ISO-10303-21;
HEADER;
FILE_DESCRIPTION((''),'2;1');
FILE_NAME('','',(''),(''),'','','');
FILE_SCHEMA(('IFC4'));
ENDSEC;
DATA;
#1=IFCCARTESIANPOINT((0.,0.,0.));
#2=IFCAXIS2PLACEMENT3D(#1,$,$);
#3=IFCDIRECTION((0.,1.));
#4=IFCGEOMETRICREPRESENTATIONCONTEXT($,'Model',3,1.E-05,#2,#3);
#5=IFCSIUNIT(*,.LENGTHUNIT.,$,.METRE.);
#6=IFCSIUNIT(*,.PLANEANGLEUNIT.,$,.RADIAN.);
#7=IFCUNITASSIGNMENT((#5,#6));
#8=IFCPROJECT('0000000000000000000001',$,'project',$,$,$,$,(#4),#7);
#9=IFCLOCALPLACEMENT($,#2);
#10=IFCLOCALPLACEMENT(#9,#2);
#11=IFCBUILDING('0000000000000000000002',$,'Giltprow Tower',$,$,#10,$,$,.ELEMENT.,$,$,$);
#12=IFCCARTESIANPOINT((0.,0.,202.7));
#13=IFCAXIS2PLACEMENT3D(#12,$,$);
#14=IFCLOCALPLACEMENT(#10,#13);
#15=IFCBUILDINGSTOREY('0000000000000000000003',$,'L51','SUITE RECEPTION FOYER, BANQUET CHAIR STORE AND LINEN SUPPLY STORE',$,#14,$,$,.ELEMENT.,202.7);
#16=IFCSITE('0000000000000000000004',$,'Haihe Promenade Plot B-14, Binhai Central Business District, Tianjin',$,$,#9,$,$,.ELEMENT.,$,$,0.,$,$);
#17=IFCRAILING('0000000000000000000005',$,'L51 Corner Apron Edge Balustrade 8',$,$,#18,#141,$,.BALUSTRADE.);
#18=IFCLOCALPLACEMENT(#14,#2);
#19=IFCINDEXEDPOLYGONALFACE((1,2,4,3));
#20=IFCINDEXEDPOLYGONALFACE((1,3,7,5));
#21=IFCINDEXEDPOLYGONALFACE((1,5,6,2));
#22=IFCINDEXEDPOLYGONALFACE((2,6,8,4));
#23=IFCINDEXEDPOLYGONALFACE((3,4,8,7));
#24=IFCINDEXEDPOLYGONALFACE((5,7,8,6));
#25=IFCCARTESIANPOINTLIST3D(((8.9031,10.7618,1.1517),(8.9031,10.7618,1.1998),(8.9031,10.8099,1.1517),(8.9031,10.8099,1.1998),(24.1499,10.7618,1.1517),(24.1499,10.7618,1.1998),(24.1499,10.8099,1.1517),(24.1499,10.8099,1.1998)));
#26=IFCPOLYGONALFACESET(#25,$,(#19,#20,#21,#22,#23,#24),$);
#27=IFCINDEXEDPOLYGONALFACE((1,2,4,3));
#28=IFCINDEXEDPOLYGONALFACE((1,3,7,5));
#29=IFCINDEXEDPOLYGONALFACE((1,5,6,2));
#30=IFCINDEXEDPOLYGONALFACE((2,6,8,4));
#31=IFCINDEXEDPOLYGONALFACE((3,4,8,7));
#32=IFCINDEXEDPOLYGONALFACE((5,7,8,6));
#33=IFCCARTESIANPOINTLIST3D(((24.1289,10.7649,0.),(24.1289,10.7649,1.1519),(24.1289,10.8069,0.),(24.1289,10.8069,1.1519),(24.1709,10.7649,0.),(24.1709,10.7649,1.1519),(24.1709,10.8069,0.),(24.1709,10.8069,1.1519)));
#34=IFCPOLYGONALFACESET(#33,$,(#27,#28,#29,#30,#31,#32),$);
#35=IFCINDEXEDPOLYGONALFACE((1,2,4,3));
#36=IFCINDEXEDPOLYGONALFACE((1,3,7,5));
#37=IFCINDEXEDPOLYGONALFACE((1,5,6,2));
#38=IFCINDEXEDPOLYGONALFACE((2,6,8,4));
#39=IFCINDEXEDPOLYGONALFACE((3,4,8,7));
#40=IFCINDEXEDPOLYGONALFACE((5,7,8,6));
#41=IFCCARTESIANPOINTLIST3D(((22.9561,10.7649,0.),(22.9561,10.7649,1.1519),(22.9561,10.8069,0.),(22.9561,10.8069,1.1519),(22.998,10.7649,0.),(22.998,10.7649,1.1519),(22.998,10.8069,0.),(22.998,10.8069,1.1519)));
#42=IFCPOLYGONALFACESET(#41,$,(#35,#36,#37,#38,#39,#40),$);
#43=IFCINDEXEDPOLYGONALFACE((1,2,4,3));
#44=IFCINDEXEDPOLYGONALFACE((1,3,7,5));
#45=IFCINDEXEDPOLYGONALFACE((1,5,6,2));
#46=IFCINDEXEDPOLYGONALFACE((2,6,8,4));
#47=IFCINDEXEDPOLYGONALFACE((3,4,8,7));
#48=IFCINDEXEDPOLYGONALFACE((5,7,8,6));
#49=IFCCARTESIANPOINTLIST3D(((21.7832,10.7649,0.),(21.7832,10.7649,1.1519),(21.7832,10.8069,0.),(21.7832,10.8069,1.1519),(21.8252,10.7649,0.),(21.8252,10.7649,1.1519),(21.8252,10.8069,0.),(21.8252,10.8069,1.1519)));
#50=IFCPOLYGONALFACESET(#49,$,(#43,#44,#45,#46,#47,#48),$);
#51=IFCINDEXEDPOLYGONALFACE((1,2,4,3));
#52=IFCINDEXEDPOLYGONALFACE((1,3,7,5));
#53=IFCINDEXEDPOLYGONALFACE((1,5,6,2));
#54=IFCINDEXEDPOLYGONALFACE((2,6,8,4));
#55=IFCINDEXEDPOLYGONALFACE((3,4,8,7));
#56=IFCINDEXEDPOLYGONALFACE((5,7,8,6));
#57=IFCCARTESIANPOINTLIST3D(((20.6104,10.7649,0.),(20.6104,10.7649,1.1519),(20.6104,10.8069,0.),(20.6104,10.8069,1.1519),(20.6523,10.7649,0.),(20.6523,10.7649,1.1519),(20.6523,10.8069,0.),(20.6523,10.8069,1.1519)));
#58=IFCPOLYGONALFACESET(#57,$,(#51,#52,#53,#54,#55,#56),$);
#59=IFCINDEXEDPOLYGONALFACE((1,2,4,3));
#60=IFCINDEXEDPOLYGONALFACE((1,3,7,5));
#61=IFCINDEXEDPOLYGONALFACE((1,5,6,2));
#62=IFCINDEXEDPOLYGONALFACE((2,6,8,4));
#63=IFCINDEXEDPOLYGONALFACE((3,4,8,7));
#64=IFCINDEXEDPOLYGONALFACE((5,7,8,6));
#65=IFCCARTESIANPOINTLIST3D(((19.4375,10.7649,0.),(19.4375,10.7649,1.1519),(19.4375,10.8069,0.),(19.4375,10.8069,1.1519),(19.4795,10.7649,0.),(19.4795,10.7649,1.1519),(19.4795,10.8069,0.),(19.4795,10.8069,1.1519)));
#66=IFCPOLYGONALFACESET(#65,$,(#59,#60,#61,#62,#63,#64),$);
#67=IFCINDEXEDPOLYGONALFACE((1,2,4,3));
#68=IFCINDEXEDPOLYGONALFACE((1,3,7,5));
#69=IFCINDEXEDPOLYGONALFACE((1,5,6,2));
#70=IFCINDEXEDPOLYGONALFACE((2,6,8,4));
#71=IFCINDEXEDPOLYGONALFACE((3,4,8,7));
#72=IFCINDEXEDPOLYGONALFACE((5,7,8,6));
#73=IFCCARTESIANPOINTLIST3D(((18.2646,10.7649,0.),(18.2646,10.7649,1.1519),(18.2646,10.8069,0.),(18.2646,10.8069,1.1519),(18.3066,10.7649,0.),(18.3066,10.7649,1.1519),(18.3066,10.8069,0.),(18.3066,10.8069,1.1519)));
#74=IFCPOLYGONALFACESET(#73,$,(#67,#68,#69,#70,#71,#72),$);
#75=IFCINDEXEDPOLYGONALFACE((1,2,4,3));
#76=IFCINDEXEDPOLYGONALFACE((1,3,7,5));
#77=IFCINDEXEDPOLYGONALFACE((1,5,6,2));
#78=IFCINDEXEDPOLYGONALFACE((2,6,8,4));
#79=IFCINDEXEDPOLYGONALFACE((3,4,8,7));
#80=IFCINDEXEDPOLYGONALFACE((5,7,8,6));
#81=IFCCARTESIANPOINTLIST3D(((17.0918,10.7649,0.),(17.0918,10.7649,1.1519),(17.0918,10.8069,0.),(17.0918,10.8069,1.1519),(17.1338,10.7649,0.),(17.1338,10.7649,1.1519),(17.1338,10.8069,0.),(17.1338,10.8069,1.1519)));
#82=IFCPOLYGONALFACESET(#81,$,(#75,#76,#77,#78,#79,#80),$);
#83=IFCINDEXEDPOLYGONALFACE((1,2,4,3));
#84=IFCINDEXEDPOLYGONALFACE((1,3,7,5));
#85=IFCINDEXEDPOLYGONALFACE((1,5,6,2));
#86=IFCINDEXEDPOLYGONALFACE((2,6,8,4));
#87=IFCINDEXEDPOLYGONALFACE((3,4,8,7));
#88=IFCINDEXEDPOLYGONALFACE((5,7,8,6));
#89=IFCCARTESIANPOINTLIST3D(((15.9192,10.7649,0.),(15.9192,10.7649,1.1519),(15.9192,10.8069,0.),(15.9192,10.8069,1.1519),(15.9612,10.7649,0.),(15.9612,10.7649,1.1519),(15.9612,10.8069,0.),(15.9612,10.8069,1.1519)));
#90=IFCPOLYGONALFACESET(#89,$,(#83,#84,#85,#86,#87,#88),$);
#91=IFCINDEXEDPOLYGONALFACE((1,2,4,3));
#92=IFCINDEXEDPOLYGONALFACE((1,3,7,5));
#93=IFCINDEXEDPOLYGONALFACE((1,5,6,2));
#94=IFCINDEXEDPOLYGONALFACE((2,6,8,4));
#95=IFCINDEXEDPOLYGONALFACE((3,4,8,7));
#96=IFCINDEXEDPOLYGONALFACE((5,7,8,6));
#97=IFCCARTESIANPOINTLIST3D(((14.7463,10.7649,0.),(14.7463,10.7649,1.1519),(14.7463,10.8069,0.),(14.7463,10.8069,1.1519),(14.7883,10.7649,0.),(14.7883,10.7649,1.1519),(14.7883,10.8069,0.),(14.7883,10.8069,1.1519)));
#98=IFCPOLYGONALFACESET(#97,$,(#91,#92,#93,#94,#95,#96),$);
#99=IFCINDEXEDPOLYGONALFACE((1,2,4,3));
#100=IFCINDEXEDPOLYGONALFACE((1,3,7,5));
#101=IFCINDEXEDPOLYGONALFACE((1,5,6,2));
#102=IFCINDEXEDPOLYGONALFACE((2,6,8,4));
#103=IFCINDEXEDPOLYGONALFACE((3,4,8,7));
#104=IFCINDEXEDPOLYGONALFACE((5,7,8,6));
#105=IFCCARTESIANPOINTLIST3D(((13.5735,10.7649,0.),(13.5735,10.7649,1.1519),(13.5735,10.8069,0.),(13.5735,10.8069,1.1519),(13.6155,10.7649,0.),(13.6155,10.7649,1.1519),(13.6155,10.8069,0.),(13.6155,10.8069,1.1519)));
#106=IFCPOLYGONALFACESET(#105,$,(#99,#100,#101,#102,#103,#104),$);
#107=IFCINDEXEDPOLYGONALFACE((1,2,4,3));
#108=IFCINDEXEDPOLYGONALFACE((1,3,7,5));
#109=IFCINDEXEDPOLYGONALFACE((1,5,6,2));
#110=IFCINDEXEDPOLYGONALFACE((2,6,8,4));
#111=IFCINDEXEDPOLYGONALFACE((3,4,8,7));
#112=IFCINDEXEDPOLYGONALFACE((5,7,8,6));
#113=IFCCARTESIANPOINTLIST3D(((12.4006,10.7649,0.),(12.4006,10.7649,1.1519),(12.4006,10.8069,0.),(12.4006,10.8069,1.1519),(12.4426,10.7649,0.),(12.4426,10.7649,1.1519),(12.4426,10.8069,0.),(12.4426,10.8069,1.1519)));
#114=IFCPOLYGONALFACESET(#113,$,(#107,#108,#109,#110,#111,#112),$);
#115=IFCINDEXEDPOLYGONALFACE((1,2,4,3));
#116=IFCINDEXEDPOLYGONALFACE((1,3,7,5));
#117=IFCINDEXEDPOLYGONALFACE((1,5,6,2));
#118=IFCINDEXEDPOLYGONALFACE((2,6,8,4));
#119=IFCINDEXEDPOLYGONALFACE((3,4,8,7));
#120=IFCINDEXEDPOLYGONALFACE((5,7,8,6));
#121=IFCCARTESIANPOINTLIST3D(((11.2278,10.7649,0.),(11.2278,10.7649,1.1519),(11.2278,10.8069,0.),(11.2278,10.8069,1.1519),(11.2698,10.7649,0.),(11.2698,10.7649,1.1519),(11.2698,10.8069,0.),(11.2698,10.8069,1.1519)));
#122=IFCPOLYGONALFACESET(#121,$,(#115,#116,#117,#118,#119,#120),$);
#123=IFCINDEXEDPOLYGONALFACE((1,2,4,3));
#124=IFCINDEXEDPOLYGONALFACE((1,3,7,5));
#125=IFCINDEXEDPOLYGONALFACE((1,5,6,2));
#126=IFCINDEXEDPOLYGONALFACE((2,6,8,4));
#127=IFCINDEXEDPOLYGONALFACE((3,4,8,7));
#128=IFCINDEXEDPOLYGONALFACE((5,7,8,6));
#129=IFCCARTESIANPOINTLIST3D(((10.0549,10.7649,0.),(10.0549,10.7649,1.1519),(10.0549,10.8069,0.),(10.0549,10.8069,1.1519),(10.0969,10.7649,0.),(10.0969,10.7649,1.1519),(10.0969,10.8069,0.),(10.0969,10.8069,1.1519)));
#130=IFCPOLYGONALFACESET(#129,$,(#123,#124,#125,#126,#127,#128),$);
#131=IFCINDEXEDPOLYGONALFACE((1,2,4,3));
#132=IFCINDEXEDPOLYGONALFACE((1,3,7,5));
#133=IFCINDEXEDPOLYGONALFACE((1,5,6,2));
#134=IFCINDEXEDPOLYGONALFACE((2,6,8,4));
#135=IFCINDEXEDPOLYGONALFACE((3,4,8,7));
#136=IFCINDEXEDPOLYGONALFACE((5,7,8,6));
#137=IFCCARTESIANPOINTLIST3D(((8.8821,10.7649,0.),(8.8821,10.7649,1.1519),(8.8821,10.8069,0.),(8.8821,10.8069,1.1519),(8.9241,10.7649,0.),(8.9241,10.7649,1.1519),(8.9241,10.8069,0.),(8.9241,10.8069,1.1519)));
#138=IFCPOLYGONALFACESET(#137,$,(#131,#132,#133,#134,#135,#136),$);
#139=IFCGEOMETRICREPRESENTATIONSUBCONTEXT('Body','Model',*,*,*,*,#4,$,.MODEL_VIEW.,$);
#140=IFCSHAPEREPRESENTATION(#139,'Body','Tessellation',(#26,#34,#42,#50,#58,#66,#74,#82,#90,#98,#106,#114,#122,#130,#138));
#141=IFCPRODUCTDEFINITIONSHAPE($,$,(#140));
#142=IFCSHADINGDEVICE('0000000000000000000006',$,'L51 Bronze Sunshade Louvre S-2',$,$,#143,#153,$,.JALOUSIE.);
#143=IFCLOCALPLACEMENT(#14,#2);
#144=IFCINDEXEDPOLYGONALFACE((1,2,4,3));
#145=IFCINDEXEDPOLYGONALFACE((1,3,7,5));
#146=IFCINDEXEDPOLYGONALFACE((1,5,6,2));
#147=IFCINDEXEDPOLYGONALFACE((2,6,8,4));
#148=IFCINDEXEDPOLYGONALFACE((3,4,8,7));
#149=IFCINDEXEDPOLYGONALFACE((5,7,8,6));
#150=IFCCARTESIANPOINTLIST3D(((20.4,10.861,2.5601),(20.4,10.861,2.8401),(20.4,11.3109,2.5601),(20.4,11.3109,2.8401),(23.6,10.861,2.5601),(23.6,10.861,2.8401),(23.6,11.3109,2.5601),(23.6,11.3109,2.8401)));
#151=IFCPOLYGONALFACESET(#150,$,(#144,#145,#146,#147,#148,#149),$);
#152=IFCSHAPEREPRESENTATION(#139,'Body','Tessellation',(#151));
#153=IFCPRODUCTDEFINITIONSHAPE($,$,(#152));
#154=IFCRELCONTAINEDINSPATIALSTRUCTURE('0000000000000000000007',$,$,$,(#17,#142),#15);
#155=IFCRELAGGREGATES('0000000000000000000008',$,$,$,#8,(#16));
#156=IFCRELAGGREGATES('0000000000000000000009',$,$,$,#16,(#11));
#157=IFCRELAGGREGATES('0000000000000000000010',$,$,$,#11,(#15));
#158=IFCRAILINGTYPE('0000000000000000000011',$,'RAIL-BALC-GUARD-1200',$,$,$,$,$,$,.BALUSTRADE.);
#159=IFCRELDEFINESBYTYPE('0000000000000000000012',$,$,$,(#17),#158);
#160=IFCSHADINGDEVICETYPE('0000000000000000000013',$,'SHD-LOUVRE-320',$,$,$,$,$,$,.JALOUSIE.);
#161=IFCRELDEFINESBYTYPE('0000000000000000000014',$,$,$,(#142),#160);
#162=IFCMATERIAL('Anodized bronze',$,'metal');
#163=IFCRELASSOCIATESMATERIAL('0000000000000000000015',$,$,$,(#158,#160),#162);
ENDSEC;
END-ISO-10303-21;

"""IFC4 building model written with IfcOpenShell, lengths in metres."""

from ifc_helpers import new_model, si_unit, direction, frame, origin, origin_2d, place, context, subcontext, project, spatial, rectangle, extrude, source, transform, mapped, material, type_object, element, save


model = new_model("IFC4")

# Units and contexts
model_context = context("Model", 3, precision=1e-05, world=origin(), true_north=direction((0.0, 1.0)))
body_context = subcontext(model_context, "Body", "Model", "MODEL_VIEW")
ifc_project = project(units=[si_unit("LENGTHUNIT", "METRE"), si_unit("PLANEANGLEUNIT", "RADIAN")], contexts=[model_context])

# Site, building, storey
site_placement = place(None, origin())
site = spatial("IfcSite", under=ifc_project, at=site_placement, Name="Haihe Promenade Plot B-14, Binhai Central Business District, Tianjin", CompositionType="ELEMENT", RefElevation=0.0)
building_placement = place(site_placement, origin())
building = spatial("IfcBuilding", under=site, at=building_placement, Name="Giltprow Tower", CompositionType="ELEMENT")
storey_placement = place(building_placement, frame((0.0, 0.0, 202.7)))
storey = spatial("IfcBuildingStorey", under=building, at=storey_placement, Name="L51", Description="SUITE RECEPTION FOYER, BANQUET CHAIR STORE AND LINEN SUPPLY STORE", CompositionType="ELEMENT", Elevation=202.7)

# Shared definitions
ifc_material_1 = material(Name="Anodized bronze", Category="metal")

# Railing
railing_type = type_object("IfcRailingType", Name="RAIL-BALC-GUARD-1200", PredefinedType="BALUSTRADE", material=ifc_material_1)
railing_1_placement = place(storey_placement, frame((24.1499, 10.7859, 0.0)))
element("IfcRailing", 1, at=railing_1_placement, inside=storey, type_object=railing_type, Name="L51 Corner Apron Edge Balustrade 8", PredefinedType="BALUSTRADE", context=body_context, shape_type="SweptSolid", body=[
    extrude(rectangle(XDim=0.0481, YDim=0.0481, at=origin_2d()), frame((0.0, 0.0, 1.1758), z_axis=(-1.0, 0.0, 0.0), x_axis=(0.0, -1.0, 0.0)), (0.0, 0.0, 1.0), 15.2468),
    extrude(rectangle(XDim=0.042, YDim=0.042, at=origin_2d()), origin(), (0.0, 0.0, 1.0), 1.1519),
    extrude(rectangle(XDim=0.042, YDim=0.042, at=origin_2d()), frame((-1.1729, 0.0, 0.0)), (0.0, 0.0, 1.0), 1.1519),
    extrude(rectangle(XDim=0.042, YDim=0.042, at=origin_2d()), frame((-2.3457, 0.0, 0.0)), (0.0, 0.0, 1.0), 1.1519),
    extrude(rectangle(XDim=0.042, YDim=0.042, at=origin_2d()), frame((-3.5186, 0.0, 0.0)), (0.0, 0.0, 1.0), 1.1519),
    extrude(rectangle(XDim=0.042, YDim=0.042, at=origin_2d()), frame((-4.6914, 0.0, 0.0)), (0.0, 0.0, 1.0), 1.1519),
    extrude(rectangle(XDim=0.042, YDim=0.042, at=origin_2d()), frame((-5.8643, 0.0, 0.0)), (0.0, 0.0, 1.0), 1.1519),
    extrude(rectangle(XDim=0.042, YDim=0.042, at=origin_2d()), frame((-7.0371, 0.0, 0.0)), (0.0, 0.0, 1.0), 1.1519),
    extrude(rectangle(XDim=0.042, YDim=0.042, at=origin_2d()), frame((-8.2097, 0.0, 0.0)), (0.0, 0.0, 1.0), 1.1519),
    extrude(rectangle(XDim=0.042, YDim=0.042, at=origin_2d()), frame((-9.3826, 0.0, 0.0)), (0.0, 0.0, 1.0), 1.1519),
    extrude(rectangle(XDim=0.042, YDim=0.042, at=origin_2d()), frame((-10.5554, 0.0, 0.0)), (0.0, 0.0, 1.0), 1.1519),
    extrude(rectangle(XDim=0.042, YDim=0.042, at=origin_2d()), frame((-11.7283, 0.0, 0.0)), (0.0, 0.0, 1.0), 1.1519),
    extrude(rectangle(XDim=0.042, YDim=0.042, at=origin_2d()), frame((-12.9011, 0.0, 0.0)), (0.0, 0.0, 1.0), 1.1519),
    extrude(rectangle(XDim=0.042, YDim=0.042, at=origin_2d()), frame((-14.074, 0.0, 0.0)), (0.0, 0.0, 1.0), 1.1519),
    extrude(rectangle(XDim=0.042, YDim=0.042, at=origin_2d()), frame((-15.2468, 0.0, 0.0)), (0.0, 0.0, 1.0), 1.1519),
])

# Shading device
shading_device_type = type_object("IfcShadingDeviceType", Name="SHD-LOUVRE-320", PredefinedType="JALOUSIE", material=ifc_material_1)
shared_shape_1 = source(origin(), body_context, "Body", "SweptSolid", [
    extrude(rectangle(XDim=3.2, YDim=0.45, at=origin_2d()), origin(), (0.0, 0.0, 1.0), 0.28),
])
shading_device_placement = place(storey_placement, frame((22.0, 11.0859, 2.5601), z_axis=(0.0, 0.0, 1.0), x_axis=(1.0, 0.0, 0.0)))
element("IfcShadingDevice", 2, at=shading_device_placement, inside=storey, type_object=shading_device_type, Name="L51 Bronze Sunshade Louvre S-2", PredefinedType="JALOUSIE", context=body_context, shape_type="MappedRepresentation", body=[
    mapped(shared_shape_1, transform((0.0, 0.0, 0.0), x_axis=(1.0, 0.0, 0.0), y_axis=(0.0, 1.0, 0.0), z_axis=(0.0, 0.0, 1.0), scale=1.0)),
])

save(model, "model.ifc")
